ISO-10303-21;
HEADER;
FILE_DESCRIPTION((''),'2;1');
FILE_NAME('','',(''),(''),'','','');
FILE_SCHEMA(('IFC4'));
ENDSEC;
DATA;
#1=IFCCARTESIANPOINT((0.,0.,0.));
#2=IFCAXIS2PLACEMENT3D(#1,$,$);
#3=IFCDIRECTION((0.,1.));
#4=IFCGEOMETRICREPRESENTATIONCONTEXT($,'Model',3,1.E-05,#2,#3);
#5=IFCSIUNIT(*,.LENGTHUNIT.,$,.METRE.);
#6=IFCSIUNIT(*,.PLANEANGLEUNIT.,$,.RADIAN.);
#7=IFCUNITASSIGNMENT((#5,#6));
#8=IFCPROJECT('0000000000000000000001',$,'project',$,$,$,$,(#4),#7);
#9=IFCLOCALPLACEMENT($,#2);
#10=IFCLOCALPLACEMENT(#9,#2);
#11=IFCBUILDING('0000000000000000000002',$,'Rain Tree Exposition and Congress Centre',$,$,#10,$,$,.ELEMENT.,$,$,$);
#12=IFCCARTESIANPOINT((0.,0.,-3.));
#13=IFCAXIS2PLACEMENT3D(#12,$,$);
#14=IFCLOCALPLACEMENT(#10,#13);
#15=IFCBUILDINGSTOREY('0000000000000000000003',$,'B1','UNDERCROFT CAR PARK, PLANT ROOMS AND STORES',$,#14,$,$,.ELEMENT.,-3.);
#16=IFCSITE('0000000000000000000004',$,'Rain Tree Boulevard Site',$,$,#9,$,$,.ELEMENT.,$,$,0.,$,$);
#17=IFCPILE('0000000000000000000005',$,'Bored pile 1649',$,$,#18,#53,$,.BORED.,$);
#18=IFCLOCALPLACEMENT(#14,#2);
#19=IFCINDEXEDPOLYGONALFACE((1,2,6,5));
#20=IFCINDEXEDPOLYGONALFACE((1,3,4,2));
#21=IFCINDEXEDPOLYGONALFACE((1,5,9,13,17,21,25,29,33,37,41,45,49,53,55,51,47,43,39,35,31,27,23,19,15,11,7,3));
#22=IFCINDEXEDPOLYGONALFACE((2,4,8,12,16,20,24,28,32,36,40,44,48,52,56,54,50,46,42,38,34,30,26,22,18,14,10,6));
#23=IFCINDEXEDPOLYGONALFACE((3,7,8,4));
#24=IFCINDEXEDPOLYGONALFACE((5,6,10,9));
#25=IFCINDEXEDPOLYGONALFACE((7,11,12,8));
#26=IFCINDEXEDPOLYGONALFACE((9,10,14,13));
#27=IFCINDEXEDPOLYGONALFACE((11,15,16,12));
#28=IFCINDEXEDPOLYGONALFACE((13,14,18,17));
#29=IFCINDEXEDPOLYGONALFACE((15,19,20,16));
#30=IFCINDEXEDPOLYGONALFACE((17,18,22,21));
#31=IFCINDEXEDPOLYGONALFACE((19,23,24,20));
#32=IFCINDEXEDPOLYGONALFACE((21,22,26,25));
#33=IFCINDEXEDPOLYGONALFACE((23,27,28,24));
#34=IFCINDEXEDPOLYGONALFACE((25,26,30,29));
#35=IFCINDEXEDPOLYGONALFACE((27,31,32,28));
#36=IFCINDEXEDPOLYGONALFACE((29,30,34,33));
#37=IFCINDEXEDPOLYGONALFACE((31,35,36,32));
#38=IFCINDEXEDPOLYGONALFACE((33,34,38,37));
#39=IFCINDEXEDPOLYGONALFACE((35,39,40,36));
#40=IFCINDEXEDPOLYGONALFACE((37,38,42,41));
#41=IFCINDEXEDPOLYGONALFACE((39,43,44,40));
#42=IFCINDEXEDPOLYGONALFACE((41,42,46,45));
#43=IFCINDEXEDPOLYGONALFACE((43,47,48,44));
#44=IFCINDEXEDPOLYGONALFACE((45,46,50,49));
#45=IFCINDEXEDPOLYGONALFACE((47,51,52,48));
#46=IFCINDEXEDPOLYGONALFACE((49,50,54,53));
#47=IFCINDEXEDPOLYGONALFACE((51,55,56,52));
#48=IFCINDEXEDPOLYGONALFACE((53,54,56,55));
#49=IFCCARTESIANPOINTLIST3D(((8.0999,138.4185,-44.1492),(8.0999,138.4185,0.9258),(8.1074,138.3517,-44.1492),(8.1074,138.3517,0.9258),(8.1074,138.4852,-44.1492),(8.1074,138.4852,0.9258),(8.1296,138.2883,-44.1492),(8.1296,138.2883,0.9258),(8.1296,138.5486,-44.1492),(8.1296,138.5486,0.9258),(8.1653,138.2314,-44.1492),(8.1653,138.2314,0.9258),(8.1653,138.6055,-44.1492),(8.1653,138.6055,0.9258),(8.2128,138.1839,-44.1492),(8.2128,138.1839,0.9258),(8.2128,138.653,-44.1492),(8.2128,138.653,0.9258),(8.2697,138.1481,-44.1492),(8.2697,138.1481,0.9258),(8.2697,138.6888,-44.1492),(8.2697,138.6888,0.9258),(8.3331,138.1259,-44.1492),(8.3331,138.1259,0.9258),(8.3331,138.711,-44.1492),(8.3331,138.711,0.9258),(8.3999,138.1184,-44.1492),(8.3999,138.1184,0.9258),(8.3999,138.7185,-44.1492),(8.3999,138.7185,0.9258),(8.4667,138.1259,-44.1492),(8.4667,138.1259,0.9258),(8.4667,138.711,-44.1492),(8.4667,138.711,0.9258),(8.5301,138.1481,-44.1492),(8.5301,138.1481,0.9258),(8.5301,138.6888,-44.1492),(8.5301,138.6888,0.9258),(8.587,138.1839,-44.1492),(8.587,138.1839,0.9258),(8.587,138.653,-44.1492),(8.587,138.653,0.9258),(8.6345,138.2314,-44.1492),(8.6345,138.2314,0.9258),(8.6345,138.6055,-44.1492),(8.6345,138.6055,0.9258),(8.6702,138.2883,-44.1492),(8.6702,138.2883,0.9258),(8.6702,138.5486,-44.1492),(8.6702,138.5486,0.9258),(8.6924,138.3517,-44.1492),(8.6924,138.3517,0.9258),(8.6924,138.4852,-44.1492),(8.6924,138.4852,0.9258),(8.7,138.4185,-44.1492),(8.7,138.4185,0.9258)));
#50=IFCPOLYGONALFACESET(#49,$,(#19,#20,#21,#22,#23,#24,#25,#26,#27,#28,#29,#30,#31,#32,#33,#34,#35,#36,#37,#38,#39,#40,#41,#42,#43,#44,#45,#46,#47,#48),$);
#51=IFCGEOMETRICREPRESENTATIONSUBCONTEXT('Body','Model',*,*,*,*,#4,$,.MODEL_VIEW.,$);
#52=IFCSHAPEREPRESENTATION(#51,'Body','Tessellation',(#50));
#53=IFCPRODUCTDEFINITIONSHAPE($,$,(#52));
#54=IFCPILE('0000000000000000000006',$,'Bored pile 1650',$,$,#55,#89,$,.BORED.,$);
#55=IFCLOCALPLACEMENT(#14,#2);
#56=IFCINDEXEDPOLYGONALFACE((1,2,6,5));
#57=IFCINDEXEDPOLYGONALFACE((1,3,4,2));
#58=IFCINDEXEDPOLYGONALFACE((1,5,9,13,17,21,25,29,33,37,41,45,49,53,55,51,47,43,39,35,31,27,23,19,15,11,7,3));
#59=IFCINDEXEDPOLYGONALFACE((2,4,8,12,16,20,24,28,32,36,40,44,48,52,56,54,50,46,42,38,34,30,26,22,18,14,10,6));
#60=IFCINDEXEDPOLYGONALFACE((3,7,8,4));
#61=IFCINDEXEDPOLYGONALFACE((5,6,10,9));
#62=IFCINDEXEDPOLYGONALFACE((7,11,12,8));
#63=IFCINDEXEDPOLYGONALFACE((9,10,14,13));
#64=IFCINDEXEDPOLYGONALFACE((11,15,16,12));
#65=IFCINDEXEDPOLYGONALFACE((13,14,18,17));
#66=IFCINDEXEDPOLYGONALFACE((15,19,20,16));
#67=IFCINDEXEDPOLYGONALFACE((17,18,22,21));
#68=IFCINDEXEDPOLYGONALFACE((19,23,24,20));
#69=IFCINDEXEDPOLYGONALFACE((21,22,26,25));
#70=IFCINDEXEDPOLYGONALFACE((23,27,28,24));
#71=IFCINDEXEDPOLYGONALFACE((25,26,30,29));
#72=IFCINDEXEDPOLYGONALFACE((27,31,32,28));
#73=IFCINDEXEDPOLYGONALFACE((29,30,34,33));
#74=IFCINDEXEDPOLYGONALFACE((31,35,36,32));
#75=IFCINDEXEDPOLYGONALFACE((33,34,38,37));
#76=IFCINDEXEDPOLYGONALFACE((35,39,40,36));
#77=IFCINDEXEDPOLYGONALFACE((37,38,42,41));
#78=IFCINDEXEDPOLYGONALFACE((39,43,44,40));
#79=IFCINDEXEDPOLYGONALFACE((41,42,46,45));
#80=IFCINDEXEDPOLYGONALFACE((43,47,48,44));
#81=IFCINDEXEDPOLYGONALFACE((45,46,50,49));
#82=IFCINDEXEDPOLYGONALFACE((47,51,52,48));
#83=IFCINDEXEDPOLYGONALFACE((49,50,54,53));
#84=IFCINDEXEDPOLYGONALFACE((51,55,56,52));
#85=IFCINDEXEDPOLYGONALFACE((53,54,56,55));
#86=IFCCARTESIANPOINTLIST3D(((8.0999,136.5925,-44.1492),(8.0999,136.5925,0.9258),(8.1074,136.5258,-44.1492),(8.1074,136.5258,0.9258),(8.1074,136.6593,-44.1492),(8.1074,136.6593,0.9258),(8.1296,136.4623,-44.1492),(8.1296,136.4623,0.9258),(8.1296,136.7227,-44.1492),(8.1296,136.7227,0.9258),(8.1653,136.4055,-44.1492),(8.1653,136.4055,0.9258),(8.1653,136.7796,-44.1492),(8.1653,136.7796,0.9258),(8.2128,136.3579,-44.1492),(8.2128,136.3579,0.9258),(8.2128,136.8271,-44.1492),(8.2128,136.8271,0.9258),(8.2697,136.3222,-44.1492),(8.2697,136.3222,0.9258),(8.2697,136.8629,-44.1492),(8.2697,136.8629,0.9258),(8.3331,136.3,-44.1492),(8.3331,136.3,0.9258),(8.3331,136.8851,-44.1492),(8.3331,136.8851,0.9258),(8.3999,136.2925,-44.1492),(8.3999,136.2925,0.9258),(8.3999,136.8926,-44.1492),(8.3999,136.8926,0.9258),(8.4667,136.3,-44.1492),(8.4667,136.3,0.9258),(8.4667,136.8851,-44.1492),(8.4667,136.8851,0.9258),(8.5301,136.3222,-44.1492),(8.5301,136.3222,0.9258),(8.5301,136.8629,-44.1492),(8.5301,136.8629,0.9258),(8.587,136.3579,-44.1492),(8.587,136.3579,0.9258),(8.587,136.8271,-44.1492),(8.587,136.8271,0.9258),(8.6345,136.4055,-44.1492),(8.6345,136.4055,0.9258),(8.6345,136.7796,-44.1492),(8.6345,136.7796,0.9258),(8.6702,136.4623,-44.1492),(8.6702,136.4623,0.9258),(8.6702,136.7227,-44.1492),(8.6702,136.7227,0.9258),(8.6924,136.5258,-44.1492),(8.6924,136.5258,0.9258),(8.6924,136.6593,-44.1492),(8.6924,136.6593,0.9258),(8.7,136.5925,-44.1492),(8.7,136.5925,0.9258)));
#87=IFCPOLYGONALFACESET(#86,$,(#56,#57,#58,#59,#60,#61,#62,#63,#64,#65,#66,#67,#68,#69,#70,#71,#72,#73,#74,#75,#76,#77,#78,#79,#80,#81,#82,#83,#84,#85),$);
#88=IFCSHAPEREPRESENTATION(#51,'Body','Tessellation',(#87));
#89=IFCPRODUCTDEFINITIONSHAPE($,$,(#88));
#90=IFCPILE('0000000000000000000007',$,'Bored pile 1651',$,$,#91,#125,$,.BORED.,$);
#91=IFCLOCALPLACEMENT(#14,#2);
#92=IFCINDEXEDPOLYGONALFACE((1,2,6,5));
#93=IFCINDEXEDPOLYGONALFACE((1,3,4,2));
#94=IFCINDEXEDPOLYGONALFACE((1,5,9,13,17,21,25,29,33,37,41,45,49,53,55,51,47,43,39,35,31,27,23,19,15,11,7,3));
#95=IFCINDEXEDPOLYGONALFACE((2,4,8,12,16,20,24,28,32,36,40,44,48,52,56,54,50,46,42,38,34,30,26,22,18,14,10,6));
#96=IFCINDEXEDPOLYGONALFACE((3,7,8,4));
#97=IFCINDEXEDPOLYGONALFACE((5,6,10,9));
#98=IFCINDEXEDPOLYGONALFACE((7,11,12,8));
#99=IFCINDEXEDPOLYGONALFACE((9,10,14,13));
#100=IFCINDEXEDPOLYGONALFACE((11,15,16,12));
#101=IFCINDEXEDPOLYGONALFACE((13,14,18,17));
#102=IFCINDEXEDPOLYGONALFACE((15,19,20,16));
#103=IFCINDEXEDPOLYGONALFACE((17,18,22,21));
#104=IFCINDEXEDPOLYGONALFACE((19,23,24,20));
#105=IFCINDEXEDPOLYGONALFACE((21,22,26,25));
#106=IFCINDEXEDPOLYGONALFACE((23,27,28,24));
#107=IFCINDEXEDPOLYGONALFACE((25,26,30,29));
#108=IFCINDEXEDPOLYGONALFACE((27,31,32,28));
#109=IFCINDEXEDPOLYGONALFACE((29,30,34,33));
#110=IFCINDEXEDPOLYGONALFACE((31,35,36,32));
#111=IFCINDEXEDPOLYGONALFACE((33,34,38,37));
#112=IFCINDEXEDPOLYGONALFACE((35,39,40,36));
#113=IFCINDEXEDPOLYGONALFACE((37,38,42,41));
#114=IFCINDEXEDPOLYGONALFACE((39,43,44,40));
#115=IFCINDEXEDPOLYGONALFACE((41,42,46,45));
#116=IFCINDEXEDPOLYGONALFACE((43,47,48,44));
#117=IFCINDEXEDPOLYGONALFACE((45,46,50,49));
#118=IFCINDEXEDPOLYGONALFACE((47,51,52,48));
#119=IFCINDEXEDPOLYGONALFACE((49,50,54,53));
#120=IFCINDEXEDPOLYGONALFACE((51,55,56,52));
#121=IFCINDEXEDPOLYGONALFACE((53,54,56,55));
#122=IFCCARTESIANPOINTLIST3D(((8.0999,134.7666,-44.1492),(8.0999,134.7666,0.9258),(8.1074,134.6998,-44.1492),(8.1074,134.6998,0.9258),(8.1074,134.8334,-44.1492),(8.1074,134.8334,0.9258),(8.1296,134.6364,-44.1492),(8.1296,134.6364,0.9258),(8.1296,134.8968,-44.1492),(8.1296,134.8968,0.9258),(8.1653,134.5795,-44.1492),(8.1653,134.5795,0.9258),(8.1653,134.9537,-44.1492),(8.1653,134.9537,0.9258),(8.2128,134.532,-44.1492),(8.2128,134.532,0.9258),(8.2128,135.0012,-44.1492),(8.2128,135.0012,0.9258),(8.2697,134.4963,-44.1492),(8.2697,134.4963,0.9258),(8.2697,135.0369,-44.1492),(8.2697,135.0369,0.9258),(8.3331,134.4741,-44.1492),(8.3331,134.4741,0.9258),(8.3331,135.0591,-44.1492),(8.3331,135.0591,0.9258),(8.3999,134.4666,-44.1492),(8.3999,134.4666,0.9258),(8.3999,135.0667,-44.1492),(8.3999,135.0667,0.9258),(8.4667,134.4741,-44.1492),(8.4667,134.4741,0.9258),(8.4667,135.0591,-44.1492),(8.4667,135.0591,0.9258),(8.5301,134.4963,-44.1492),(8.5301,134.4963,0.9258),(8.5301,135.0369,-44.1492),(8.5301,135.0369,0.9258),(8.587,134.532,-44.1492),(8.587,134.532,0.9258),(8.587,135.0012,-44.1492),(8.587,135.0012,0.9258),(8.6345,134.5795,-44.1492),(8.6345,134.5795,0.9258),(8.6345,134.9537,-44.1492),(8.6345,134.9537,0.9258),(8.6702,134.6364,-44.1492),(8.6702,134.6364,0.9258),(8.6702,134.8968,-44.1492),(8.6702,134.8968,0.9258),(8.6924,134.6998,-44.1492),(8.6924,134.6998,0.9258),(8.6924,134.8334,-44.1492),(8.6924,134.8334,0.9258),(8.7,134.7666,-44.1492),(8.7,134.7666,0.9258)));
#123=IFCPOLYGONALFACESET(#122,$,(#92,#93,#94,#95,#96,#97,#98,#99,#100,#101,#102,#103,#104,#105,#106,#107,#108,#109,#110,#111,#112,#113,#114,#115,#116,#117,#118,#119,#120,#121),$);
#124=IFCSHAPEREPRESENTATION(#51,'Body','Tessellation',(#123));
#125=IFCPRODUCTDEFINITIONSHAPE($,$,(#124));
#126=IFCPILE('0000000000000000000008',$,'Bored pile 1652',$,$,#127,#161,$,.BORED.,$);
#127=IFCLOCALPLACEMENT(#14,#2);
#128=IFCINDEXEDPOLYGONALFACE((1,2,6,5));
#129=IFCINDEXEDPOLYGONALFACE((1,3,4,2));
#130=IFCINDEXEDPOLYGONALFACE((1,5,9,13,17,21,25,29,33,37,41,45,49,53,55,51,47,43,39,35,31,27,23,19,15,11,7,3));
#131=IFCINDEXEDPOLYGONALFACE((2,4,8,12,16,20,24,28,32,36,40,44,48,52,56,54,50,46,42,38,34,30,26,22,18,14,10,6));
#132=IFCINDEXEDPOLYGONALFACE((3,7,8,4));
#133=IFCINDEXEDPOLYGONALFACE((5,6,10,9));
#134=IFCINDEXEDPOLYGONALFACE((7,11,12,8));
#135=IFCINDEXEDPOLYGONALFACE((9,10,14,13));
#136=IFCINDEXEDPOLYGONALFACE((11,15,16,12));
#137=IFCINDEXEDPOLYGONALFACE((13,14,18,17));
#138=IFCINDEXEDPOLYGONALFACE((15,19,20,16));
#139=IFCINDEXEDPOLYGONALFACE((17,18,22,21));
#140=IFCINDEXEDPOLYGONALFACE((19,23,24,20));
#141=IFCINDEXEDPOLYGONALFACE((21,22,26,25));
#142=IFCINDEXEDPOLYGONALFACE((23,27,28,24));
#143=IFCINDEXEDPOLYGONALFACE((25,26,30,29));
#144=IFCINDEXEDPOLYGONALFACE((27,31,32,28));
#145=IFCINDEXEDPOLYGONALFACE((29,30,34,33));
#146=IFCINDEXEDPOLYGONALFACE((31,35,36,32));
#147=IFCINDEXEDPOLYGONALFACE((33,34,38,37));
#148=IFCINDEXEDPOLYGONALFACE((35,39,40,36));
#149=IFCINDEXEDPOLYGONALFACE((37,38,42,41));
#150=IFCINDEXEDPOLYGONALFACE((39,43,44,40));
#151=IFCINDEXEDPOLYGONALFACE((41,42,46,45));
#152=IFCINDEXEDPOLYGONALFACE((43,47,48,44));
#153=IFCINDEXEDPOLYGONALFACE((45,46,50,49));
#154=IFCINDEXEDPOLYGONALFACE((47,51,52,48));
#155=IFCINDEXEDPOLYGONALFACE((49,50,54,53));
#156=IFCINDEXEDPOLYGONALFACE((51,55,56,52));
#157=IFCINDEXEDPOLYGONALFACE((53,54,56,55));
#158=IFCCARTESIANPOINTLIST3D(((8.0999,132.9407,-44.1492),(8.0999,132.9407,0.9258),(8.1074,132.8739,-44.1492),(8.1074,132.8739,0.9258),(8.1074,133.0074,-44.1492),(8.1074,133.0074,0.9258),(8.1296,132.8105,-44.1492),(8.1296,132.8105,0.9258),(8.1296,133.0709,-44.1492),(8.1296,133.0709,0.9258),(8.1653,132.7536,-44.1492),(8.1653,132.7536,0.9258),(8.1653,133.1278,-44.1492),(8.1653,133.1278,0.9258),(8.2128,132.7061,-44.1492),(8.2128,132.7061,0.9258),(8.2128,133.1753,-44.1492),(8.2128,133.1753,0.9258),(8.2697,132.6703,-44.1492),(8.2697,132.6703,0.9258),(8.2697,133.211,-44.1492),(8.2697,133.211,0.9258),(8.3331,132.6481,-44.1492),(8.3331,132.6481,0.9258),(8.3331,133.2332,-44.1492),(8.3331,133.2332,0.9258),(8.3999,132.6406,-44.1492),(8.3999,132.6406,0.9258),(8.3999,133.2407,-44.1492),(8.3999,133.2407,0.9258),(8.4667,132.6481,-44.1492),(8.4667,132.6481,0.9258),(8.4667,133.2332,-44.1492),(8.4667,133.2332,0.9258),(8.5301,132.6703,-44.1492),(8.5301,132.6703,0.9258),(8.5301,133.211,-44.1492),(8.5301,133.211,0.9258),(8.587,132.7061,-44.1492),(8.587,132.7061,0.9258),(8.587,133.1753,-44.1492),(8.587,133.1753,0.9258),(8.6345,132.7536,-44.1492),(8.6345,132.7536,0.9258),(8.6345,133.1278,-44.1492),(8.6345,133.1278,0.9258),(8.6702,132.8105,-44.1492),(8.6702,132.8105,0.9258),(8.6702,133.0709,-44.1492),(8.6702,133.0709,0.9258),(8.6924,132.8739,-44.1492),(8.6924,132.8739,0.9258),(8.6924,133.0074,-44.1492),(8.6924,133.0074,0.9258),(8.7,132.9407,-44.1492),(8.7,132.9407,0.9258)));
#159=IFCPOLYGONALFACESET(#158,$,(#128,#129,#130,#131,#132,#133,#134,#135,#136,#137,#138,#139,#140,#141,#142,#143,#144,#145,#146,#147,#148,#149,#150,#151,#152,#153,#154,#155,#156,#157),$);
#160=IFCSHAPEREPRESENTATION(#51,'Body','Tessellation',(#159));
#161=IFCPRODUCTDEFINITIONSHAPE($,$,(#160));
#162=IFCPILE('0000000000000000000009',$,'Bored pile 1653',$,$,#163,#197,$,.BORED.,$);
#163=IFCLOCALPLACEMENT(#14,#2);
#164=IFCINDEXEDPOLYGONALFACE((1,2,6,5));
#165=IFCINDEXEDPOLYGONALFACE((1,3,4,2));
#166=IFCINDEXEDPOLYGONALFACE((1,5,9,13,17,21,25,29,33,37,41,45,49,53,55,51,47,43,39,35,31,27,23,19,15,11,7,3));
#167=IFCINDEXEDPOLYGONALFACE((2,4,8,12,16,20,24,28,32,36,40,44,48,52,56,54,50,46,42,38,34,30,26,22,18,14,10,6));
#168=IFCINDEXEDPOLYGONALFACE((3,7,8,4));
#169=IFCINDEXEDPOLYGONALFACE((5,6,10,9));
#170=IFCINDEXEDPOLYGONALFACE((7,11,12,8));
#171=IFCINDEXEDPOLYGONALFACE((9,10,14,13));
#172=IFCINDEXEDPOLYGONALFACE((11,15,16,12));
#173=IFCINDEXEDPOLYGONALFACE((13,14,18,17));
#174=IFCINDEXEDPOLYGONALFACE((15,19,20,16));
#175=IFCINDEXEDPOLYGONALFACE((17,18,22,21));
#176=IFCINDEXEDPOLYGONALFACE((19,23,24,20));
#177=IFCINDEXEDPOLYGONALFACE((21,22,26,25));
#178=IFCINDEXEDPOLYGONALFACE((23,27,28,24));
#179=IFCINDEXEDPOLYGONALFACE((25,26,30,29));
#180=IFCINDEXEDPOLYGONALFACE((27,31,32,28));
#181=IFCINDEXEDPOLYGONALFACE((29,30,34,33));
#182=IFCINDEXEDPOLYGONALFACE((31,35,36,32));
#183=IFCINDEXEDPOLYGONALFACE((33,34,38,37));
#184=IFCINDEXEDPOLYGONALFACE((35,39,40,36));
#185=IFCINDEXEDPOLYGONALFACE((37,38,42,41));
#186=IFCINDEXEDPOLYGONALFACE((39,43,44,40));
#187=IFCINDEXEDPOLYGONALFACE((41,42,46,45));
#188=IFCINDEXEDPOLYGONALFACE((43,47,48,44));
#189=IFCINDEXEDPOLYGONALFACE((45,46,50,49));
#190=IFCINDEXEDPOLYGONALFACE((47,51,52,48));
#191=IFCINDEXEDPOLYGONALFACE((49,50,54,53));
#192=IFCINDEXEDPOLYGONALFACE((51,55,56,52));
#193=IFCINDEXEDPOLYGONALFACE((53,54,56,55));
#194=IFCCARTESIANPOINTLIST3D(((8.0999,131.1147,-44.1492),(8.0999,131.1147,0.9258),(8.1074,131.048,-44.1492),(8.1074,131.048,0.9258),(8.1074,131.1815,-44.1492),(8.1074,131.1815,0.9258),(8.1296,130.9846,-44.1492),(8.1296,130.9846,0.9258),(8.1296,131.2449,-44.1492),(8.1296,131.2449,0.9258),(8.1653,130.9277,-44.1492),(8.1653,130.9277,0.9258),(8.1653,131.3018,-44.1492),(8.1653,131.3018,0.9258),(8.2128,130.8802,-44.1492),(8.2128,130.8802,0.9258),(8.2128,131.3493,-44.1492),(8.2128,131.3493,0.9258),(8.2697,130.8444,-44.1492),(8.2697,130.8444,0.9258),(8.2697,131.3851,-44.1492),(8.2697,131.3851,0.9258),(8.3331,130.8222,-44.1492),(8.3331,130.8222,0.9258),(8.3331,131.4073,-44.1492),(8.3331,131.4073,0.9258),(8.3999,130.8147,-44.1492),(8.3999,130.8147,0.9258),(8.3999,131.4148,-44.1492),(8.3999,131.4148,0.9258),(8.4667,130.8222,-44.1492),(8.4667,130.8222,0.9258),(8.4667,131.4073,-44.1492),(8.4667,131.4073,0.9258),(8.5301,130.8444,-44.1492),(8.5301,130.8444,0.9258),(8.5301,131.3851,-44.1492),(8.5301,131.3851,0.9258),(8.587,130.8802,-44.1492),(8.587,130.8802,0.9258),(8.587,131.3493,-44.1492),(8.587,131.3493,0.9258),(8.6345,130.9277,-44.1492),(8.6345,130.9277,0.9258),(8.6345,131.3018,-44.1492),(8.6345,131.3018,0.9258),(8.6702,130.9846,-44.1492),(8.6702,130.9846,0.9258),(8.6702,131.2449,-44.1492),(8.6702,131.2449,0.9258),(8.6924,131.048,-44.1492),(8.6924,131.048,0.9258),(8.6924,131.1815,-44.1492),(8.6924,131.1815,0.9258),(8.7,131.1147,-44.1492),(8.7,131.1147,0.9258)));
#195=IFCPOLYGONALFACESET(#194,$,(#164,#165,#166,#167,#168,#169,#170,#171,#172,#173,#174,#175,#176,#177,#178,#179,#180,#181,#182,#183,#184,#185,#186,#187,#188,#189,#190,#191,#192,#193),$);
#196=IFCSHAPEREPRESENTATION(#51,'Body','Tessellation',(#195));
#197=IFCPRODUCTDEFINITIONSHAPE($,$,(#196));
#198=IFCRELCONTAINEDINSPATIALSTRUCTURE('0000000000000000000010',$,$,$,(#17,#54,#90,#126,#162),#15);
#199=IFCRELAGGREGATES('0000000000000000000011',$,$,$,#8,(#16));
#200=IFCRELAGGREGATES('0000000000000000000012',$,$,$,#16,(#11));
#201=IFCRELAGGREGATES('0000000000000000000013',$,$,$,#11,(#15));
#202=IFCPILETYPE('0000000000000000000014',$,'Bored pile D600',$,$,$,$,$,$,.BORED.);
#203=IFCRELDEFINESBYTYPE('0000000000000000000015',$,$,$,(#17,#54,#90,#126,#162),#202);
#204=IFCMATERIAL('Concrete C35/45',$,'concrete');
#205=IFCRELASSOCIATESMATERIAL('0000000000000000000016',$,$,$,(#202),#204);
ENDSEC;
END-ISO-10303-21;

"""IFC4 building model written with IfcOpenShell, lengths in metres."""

from ifc_helpers import new_model, si_unit, direction, frame, origin, origin_2d, place, context, subcontext, project, spatial, circle, extrude, material, material_profile, profile_set, type_object, element, save


model = new_model("IFC4")

# Units and contexts
model_context = context("Model", 3, precision=1e-05, world=origin(), true_north=direction((0.0, 1.0)))
body_context = subcontext(model_context, "Body", "Model", "MODEL_VIEW")
ifc_project = project(units=[si_unit("LENGTHUNIT", "METRE"), si_unit("PLANEANGLEUNIT", "RADIAN")], contexts=[model_context])

# Site, building, storey
site_placement = place(None, origin())
site = spatial("IfcSite", under=ifc_project, at=site_placement, Name="Rain Tree Boulevard Site", CompositionType="ELEMENT", RefElevation=0.0)
building_placement = place(site_placement, origin())
building = spatial("IfcBuilding", under=site, at=building_placement, Name="Rain Tree Exposition and Congress Centre", CompositionType="ELEMENT")
storey_placement = place(building_placement, frame((0.0, 0.0, -3.0)))
storey = spatial("IfcBuildingStorey", under=building, at=storey_placement, Name="B1", Description="UNDERCROFT CAR PARK, PLANT ROOMS AND STORES", CompositionType="ELEMENT", Elevation=-3.0)

# Piles
ifc_material_1 = material(Name="Concrete C35/45", Category="concrete")
ifc_material_profile_1 = material_profile(ifc_material_1, circle(Radius=0.3, at=origin_2d()), Name="D600")
ifc_profile_set_1 = profile_set([ifc_material_profile_1], Name="Concrete C35/45")
pile_type_1 = type_object("IfcPileType", Name="Bored pile D600", PredefinedType="BORED", material=ifc_profile_set_1)
for number, where, z_axis, x_axis, name in (
    (1, (8.3999, 138.4185, 0.9258), (0.0, 0.0, -1.0), (1.0, 0.0, 0.0), "Bored pile 1649"),
    (2, (8.3999, 136.5925, 0.9258), (0.0, 0.0, -1.0), (1.0, 0.0, 0.0), "Bored pile 1650"),
    (3, (8.3999, 134.7666, 0.9258), (0.0, 0.0, -1.0), (1.0, 0.0, 0.0), "Bored pile 1651"),
    (4, (8.3999, 132.9407, 0.9258), (0.0, 0.0, -1.0), (1.0, 0.0, 0.0), "Bored pile 1652"),
    (5, (8.3999, 131.1147, 0.9258), (0.0, 0.0, -1.0), (1.0, 0.0, 0.0), "Bored pile 1653"),
):
    element("IfcPile", number, at=place(storey_placement, frame(where, z_axis=z_axis, x_axis=x_axis)), inside=storey, type_object=pile_type_1, Name=name, PredefinedType="BORED", context=body_context, shape_type="SweptSolid", body=[
        extrude(circle(Radius=0.3, at=origin_2d()), origin(), (0.0, 0.0, 1.0), 45.075),
    ])

save(model, "model.ifc")
